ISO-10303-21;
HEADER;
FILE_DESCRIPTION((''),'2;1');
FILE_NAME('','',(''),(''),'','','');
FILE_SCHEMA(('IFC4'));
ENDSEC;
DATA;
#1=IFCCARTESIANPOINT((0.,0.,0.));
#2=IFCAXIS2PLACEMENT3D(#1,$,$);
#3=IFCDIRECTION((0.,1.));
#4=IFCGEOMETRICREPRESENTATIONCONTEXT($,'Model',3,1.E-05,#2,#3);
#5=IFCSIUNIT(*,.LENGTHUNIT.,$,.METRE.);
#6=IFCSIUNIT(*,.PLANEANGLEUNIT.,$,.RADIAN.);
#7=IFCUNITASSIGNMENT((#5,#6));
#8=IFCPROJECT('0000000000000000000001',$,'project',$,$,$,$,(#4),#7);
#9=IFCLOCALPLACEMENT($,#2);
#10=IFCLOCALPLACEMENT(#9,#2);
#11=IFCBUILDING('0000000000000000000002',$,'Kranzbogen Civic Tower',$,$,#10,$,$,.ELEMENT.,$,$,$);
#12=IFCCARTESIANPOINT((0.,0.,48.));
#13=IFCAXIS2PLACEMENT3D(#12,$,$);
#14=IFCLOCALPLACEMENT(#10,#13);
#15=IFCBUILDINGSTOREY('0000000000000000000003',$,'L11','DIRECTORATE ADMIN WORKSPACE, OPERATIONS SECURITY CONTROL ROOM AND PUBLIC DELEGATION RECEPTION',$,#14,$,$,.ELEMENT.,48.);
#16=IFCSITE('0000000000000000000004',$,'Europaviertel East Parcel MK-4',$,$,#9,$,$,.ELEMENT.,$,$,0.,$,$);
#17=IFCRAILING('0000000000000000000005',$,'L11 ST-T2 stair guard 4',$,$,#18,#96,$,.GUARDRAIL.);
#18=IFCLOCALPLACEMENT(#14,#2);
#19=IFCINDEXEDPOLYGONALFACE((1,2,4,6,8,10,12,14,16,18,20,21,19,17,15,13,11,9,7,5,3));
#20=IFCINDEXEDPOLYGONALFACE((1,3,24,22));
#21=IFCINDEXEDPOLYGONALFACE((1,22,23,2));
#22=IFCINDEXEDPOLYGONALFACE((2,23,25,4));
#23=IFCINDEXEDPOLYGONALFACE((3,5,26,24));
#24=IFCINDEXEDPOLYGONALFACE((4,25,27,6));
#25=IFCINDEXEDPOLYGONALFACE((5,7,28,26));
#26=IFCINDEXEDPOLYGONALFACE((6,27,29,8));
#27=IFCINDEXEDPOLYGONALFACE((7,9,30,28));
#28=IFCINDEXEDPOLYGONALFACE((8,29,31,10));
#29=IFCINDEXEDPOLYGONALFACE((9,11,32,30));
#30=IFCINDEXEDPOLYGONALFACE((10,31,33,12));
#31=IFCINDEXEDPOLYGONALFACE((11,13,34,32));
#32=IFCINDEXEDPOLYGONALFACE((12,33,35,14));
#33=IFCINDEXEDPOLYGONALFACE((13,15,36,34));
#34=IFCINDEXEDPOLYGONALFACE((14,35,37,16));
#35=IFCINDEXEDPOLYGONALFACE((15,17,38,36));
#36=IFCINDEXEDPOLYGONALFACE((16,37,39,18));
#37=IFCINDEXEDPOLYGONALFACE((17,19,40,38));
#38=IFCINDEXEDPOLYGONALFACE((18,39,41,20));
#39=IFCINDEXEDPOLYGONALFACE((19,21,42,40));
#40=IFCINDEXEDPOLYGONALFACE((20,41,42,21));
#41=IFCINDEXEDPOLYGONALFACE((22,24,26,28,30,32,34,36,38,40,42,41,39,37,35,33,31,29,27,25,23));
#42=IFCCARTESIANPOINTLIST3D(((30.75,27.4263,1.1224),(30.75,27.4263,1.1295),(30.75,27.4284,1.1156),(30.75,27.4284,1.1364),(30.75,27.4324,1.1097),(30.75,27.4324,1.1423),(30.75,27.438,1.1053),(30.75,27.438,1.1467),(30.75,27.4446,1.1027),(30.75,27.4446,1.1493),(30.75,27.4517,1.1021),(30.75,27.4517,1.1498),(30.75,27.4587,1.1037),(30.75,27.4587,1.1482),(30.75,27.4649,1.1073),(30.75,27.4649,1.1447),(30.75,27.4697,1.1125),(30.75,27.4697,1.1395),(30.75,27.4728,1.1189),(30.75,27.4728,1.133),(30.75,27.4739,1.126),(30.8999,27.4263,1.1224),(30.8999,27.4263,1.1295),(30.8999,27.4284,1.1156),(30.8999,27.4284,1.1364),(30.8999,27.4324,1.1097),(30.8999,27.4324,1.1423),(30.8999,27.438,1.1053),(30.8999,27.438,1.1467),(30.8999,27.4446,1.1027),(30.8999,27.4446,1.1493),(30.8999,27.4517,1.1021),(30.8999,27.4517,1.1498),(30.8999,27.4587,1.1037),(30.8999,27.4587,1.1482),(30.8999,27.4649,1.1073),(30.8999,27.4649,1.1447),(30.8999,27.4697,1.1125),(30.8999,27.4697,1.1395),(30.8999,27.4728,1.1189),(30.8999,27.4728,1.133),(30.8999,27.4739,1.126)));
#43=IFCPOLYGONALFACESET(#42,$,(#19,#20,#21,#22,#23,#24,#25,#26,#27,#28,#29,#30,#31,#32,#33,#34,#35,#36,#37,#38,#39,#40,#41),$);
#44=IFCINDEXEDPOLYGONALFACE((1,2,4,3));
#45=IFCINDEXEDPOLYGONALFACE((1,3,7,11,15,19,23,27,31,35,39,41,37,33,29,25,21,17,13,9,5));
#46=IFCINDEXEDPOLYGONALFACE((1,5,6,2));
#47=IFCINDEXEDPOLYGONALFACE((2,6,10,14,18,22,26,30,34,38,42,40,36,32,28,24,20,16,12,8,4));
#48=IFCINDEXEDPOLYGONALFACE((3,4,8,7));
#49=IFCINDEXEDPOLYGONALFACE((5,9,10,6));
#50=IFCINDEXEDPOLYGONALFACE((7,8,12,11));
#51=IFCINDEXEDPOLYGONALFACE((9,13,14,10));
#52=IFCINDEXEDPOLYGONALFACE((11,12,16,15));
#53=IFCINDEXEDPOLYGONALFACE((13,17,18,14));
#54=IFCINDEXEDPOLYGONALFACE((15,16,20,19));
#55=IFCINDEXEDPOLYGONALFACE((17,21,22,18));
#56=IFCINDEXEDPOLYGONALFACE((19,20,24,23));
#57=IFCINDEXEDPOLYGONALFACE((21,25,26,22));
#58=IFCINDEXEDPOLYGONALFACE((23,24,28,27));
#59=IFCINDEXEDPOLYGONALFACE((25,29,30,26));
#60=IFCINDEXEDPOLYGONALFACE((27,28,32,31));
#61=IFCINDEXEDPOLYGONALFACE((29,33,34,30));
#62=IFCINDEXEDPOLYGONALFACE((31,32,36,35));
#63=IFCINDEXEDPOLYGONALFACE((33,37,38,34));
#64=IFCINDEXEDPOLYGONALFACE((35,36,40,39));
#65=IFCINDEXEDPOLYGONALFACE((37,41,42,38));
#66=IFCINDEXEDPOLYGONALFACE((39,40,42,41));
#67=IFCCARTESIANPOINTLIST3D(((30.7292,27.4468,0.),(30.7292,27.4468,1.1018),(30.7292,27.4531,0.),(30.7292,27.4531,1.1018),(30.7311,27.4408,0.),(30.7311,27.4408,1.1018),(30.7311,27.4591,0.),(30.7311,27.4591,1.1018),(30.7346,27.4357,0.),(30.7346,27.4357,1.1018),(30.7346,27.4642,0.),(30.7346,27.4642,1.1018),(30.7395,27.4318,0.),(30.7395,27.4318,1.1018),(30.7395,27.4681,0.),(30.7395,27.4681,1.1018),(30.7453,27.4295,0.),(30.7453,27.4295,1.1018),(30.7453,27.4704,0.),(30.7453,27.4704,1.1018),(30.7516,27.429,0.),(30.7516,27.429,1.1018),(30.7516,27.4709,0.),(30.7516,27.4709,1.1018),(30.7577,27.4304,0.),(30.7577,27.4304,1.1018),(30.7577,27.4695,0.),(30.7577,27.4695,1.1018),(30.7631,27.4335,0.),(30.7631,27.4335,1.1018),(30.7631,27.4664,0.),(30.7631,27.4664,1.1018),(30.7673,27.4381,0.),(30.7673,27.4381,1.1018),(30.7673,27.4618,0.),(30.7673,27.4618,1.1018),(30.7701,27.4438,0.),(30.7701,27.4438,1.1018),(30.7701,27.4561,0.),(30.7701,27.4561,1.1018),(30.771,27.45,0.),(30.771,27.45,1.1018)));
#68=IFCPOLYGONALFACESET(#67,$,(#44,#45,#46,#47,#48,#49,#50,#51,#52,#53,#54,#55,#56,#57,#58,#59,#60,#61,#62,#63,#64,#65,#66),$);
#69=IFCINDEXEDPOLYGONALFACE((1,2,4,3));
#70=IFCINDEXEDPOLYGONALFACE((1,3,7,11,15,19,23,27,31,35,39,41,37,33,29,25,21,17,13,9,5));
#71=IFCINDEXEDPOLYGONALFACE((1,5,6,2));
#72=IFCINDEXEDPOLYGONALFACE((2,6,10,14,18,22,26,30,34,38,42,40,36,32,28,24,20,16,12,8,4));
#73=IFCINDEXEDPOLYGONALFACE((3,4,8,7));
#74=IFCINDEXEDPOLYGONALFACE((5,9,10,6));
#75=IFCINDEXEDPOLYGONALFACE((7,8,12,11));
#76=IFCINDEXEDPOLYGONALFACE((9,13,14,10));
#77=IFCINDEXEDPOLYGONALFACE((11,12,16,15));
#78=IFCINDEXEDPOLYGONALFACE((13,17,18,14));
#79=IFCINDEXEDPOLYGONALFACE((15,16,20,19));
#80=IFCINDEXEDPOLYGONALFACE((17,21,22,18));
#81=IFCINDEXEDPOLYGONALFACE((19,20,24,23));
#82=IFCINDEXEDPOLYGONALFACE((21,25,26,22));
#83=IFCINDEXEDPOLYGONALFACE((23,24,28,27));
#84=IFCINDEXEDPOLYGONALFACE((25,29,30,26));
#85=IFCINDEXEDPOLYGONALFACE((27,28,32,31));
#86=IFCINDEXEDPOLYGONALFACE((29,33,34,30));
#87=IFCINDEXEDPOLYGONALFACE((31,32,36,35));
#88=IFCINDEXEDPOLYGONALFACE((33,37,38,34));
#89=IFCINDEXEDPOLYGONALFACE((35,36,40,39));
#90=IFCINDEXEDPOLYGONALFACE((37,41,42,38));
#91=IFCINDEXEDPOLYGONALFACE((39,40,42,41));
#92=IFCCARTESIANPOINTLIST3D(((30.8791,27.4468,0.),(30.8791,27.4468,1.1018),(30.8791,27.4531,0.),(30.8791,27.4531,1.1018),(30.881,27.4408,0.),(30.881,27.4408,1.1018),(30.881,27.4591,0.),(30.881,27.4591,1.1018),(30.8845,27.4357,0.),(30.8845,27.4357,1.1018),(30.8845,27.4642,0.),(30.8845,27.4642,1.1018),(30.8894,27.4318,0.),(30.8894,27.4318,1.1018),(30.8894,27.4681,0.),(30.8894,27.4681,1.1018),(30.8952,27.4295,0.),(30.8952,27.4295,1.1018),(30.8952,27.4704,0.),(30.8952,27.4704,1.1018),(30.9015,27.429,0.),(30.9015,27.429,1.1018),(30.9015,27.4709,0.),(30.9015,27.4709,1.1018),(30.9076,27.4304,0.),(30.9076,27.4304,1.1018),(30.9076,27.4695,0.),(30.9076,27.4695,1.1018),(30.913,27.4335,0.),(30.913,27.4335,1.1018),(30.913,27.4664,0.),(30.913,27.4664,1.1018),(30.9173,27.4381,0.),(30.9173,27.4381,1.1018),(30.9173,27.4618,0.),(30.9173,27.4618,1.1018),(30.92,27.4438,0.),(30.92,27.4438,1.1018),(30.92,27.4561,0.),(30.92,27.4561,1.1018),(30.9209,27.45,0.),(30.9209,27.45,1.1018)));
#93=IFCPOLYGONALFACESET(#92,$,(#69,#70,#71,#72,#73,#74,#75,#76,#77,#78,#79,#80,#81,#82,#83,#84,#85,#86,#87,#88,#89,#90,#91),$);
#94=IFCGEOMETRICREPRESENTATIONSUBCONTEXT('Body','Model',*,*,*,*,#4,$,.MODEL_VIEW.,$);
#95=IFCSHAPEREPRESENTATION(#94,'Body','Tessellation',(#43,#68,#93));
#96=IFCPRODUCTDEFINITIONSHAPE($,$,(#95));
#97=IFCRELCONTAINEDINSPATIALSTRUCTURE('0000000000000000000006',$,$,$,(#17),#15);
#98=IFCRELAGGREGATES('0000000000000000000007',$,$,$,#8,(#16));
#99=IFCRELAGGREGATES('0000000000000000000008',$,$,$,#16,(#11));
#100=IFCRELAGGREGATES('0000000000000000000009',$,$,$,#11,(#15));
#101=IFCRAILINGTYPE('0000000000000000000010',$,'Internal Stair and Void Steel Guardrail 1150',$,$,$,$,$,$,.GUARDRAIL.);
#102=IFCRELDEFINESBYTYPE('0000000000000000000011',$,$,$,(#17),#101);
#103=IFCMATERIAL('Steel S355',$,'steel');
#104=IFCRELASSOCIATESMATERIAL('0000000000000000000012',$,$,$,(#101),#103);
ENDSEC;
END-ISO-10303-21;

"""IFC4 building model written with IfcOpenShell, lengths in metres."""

from ifc_helpers import new_model, si_unit, direction, frame, origin, origin_2d, place, context, subcontext, project, spatial, circle, extrude, material, type_object, element, save


model = new_model("IFC4")

# Units and contexts
model_context = context("Model", 3, precision=1e-05, world=origin(), true_north=direction((0.0, 1.0)))
body_context = subcontext(model_context, "Body", "Model", "MODEL_VIEW")
ifc_project = project(units=[si_unit("LENGTHUNIT", "METRE"), si_unit("PLANEANGLEUNIT", "RADIAN")], contexts=[model_context])

# Site, building, storey
site_placement = place(None, origin())
site = spatial("IfcSite", under=ifc_project, at=site_placement, Name="Europaviertel East Parcel MK-4", CompositionType="ELEMENT", RefElevation=0.0)
building_placement = place(site_placement, origin())
building = spatial("IfcBuilding", under=site, at=building_placement, Name="Kranzbogen Civic Tower", CompositionType="ELEMENT")
storey_placement = place(building_placement, frame((0.0, 0.0, 48.0)))
storey = spatial("IfcBuildingStorey", under=building, at=storey_placement, Name="L11", Description="DIRECTORATE ADMIN WORKSPACE, OPERATIONS SECURITY CONTROL ROOM AND PUBLIC DELEGATION RECEPTION", CompositionType="ELEMENT", Elevation=48.0)

# Shared definitions
ifc_material_1 = material(Name="Steel S355", Category="steel")

# Railing
railing_type_1 = type_object("IfcRailingType", Name="Internal Stair and Void Steel Guardrail 1150", PredefinedType="GUARDRAIL", material=ifc_material_1)
railing_1_placement = place(storey_placement, frame((30.75, 27.45, 0.0)))
element("IfcRailing", 1, at=railing_1_placement, inside=storey, type_object=railing_type_1, Name="L11 ST-T2 stair guard 4", PredefinedType="GUARDRAIL", context=body_context, shape_type="SweptSolid", body=[
    extrude(circle(Radius=0.0239, at=origin_2d()), frame((0.0, 0.0, 1.126), z_axis=(1.0, 0.0, 0.0), x_axis=(0.0, 1.0, 0.0)), (0.0, 0.0, 1.0), 0.1499),
    extrude(circle(Radius=0.021, at=origin_2d()), origin(), (0.0, 0.0, 1.0), 1.1018),
    extrude(circle(Radius=0.021, at=origin_2d()), frame((0.1499, 0.0, 0.0)), (0.0, 0.0, 1.0), 1.1018),
])

save(model, "model.ifc")
